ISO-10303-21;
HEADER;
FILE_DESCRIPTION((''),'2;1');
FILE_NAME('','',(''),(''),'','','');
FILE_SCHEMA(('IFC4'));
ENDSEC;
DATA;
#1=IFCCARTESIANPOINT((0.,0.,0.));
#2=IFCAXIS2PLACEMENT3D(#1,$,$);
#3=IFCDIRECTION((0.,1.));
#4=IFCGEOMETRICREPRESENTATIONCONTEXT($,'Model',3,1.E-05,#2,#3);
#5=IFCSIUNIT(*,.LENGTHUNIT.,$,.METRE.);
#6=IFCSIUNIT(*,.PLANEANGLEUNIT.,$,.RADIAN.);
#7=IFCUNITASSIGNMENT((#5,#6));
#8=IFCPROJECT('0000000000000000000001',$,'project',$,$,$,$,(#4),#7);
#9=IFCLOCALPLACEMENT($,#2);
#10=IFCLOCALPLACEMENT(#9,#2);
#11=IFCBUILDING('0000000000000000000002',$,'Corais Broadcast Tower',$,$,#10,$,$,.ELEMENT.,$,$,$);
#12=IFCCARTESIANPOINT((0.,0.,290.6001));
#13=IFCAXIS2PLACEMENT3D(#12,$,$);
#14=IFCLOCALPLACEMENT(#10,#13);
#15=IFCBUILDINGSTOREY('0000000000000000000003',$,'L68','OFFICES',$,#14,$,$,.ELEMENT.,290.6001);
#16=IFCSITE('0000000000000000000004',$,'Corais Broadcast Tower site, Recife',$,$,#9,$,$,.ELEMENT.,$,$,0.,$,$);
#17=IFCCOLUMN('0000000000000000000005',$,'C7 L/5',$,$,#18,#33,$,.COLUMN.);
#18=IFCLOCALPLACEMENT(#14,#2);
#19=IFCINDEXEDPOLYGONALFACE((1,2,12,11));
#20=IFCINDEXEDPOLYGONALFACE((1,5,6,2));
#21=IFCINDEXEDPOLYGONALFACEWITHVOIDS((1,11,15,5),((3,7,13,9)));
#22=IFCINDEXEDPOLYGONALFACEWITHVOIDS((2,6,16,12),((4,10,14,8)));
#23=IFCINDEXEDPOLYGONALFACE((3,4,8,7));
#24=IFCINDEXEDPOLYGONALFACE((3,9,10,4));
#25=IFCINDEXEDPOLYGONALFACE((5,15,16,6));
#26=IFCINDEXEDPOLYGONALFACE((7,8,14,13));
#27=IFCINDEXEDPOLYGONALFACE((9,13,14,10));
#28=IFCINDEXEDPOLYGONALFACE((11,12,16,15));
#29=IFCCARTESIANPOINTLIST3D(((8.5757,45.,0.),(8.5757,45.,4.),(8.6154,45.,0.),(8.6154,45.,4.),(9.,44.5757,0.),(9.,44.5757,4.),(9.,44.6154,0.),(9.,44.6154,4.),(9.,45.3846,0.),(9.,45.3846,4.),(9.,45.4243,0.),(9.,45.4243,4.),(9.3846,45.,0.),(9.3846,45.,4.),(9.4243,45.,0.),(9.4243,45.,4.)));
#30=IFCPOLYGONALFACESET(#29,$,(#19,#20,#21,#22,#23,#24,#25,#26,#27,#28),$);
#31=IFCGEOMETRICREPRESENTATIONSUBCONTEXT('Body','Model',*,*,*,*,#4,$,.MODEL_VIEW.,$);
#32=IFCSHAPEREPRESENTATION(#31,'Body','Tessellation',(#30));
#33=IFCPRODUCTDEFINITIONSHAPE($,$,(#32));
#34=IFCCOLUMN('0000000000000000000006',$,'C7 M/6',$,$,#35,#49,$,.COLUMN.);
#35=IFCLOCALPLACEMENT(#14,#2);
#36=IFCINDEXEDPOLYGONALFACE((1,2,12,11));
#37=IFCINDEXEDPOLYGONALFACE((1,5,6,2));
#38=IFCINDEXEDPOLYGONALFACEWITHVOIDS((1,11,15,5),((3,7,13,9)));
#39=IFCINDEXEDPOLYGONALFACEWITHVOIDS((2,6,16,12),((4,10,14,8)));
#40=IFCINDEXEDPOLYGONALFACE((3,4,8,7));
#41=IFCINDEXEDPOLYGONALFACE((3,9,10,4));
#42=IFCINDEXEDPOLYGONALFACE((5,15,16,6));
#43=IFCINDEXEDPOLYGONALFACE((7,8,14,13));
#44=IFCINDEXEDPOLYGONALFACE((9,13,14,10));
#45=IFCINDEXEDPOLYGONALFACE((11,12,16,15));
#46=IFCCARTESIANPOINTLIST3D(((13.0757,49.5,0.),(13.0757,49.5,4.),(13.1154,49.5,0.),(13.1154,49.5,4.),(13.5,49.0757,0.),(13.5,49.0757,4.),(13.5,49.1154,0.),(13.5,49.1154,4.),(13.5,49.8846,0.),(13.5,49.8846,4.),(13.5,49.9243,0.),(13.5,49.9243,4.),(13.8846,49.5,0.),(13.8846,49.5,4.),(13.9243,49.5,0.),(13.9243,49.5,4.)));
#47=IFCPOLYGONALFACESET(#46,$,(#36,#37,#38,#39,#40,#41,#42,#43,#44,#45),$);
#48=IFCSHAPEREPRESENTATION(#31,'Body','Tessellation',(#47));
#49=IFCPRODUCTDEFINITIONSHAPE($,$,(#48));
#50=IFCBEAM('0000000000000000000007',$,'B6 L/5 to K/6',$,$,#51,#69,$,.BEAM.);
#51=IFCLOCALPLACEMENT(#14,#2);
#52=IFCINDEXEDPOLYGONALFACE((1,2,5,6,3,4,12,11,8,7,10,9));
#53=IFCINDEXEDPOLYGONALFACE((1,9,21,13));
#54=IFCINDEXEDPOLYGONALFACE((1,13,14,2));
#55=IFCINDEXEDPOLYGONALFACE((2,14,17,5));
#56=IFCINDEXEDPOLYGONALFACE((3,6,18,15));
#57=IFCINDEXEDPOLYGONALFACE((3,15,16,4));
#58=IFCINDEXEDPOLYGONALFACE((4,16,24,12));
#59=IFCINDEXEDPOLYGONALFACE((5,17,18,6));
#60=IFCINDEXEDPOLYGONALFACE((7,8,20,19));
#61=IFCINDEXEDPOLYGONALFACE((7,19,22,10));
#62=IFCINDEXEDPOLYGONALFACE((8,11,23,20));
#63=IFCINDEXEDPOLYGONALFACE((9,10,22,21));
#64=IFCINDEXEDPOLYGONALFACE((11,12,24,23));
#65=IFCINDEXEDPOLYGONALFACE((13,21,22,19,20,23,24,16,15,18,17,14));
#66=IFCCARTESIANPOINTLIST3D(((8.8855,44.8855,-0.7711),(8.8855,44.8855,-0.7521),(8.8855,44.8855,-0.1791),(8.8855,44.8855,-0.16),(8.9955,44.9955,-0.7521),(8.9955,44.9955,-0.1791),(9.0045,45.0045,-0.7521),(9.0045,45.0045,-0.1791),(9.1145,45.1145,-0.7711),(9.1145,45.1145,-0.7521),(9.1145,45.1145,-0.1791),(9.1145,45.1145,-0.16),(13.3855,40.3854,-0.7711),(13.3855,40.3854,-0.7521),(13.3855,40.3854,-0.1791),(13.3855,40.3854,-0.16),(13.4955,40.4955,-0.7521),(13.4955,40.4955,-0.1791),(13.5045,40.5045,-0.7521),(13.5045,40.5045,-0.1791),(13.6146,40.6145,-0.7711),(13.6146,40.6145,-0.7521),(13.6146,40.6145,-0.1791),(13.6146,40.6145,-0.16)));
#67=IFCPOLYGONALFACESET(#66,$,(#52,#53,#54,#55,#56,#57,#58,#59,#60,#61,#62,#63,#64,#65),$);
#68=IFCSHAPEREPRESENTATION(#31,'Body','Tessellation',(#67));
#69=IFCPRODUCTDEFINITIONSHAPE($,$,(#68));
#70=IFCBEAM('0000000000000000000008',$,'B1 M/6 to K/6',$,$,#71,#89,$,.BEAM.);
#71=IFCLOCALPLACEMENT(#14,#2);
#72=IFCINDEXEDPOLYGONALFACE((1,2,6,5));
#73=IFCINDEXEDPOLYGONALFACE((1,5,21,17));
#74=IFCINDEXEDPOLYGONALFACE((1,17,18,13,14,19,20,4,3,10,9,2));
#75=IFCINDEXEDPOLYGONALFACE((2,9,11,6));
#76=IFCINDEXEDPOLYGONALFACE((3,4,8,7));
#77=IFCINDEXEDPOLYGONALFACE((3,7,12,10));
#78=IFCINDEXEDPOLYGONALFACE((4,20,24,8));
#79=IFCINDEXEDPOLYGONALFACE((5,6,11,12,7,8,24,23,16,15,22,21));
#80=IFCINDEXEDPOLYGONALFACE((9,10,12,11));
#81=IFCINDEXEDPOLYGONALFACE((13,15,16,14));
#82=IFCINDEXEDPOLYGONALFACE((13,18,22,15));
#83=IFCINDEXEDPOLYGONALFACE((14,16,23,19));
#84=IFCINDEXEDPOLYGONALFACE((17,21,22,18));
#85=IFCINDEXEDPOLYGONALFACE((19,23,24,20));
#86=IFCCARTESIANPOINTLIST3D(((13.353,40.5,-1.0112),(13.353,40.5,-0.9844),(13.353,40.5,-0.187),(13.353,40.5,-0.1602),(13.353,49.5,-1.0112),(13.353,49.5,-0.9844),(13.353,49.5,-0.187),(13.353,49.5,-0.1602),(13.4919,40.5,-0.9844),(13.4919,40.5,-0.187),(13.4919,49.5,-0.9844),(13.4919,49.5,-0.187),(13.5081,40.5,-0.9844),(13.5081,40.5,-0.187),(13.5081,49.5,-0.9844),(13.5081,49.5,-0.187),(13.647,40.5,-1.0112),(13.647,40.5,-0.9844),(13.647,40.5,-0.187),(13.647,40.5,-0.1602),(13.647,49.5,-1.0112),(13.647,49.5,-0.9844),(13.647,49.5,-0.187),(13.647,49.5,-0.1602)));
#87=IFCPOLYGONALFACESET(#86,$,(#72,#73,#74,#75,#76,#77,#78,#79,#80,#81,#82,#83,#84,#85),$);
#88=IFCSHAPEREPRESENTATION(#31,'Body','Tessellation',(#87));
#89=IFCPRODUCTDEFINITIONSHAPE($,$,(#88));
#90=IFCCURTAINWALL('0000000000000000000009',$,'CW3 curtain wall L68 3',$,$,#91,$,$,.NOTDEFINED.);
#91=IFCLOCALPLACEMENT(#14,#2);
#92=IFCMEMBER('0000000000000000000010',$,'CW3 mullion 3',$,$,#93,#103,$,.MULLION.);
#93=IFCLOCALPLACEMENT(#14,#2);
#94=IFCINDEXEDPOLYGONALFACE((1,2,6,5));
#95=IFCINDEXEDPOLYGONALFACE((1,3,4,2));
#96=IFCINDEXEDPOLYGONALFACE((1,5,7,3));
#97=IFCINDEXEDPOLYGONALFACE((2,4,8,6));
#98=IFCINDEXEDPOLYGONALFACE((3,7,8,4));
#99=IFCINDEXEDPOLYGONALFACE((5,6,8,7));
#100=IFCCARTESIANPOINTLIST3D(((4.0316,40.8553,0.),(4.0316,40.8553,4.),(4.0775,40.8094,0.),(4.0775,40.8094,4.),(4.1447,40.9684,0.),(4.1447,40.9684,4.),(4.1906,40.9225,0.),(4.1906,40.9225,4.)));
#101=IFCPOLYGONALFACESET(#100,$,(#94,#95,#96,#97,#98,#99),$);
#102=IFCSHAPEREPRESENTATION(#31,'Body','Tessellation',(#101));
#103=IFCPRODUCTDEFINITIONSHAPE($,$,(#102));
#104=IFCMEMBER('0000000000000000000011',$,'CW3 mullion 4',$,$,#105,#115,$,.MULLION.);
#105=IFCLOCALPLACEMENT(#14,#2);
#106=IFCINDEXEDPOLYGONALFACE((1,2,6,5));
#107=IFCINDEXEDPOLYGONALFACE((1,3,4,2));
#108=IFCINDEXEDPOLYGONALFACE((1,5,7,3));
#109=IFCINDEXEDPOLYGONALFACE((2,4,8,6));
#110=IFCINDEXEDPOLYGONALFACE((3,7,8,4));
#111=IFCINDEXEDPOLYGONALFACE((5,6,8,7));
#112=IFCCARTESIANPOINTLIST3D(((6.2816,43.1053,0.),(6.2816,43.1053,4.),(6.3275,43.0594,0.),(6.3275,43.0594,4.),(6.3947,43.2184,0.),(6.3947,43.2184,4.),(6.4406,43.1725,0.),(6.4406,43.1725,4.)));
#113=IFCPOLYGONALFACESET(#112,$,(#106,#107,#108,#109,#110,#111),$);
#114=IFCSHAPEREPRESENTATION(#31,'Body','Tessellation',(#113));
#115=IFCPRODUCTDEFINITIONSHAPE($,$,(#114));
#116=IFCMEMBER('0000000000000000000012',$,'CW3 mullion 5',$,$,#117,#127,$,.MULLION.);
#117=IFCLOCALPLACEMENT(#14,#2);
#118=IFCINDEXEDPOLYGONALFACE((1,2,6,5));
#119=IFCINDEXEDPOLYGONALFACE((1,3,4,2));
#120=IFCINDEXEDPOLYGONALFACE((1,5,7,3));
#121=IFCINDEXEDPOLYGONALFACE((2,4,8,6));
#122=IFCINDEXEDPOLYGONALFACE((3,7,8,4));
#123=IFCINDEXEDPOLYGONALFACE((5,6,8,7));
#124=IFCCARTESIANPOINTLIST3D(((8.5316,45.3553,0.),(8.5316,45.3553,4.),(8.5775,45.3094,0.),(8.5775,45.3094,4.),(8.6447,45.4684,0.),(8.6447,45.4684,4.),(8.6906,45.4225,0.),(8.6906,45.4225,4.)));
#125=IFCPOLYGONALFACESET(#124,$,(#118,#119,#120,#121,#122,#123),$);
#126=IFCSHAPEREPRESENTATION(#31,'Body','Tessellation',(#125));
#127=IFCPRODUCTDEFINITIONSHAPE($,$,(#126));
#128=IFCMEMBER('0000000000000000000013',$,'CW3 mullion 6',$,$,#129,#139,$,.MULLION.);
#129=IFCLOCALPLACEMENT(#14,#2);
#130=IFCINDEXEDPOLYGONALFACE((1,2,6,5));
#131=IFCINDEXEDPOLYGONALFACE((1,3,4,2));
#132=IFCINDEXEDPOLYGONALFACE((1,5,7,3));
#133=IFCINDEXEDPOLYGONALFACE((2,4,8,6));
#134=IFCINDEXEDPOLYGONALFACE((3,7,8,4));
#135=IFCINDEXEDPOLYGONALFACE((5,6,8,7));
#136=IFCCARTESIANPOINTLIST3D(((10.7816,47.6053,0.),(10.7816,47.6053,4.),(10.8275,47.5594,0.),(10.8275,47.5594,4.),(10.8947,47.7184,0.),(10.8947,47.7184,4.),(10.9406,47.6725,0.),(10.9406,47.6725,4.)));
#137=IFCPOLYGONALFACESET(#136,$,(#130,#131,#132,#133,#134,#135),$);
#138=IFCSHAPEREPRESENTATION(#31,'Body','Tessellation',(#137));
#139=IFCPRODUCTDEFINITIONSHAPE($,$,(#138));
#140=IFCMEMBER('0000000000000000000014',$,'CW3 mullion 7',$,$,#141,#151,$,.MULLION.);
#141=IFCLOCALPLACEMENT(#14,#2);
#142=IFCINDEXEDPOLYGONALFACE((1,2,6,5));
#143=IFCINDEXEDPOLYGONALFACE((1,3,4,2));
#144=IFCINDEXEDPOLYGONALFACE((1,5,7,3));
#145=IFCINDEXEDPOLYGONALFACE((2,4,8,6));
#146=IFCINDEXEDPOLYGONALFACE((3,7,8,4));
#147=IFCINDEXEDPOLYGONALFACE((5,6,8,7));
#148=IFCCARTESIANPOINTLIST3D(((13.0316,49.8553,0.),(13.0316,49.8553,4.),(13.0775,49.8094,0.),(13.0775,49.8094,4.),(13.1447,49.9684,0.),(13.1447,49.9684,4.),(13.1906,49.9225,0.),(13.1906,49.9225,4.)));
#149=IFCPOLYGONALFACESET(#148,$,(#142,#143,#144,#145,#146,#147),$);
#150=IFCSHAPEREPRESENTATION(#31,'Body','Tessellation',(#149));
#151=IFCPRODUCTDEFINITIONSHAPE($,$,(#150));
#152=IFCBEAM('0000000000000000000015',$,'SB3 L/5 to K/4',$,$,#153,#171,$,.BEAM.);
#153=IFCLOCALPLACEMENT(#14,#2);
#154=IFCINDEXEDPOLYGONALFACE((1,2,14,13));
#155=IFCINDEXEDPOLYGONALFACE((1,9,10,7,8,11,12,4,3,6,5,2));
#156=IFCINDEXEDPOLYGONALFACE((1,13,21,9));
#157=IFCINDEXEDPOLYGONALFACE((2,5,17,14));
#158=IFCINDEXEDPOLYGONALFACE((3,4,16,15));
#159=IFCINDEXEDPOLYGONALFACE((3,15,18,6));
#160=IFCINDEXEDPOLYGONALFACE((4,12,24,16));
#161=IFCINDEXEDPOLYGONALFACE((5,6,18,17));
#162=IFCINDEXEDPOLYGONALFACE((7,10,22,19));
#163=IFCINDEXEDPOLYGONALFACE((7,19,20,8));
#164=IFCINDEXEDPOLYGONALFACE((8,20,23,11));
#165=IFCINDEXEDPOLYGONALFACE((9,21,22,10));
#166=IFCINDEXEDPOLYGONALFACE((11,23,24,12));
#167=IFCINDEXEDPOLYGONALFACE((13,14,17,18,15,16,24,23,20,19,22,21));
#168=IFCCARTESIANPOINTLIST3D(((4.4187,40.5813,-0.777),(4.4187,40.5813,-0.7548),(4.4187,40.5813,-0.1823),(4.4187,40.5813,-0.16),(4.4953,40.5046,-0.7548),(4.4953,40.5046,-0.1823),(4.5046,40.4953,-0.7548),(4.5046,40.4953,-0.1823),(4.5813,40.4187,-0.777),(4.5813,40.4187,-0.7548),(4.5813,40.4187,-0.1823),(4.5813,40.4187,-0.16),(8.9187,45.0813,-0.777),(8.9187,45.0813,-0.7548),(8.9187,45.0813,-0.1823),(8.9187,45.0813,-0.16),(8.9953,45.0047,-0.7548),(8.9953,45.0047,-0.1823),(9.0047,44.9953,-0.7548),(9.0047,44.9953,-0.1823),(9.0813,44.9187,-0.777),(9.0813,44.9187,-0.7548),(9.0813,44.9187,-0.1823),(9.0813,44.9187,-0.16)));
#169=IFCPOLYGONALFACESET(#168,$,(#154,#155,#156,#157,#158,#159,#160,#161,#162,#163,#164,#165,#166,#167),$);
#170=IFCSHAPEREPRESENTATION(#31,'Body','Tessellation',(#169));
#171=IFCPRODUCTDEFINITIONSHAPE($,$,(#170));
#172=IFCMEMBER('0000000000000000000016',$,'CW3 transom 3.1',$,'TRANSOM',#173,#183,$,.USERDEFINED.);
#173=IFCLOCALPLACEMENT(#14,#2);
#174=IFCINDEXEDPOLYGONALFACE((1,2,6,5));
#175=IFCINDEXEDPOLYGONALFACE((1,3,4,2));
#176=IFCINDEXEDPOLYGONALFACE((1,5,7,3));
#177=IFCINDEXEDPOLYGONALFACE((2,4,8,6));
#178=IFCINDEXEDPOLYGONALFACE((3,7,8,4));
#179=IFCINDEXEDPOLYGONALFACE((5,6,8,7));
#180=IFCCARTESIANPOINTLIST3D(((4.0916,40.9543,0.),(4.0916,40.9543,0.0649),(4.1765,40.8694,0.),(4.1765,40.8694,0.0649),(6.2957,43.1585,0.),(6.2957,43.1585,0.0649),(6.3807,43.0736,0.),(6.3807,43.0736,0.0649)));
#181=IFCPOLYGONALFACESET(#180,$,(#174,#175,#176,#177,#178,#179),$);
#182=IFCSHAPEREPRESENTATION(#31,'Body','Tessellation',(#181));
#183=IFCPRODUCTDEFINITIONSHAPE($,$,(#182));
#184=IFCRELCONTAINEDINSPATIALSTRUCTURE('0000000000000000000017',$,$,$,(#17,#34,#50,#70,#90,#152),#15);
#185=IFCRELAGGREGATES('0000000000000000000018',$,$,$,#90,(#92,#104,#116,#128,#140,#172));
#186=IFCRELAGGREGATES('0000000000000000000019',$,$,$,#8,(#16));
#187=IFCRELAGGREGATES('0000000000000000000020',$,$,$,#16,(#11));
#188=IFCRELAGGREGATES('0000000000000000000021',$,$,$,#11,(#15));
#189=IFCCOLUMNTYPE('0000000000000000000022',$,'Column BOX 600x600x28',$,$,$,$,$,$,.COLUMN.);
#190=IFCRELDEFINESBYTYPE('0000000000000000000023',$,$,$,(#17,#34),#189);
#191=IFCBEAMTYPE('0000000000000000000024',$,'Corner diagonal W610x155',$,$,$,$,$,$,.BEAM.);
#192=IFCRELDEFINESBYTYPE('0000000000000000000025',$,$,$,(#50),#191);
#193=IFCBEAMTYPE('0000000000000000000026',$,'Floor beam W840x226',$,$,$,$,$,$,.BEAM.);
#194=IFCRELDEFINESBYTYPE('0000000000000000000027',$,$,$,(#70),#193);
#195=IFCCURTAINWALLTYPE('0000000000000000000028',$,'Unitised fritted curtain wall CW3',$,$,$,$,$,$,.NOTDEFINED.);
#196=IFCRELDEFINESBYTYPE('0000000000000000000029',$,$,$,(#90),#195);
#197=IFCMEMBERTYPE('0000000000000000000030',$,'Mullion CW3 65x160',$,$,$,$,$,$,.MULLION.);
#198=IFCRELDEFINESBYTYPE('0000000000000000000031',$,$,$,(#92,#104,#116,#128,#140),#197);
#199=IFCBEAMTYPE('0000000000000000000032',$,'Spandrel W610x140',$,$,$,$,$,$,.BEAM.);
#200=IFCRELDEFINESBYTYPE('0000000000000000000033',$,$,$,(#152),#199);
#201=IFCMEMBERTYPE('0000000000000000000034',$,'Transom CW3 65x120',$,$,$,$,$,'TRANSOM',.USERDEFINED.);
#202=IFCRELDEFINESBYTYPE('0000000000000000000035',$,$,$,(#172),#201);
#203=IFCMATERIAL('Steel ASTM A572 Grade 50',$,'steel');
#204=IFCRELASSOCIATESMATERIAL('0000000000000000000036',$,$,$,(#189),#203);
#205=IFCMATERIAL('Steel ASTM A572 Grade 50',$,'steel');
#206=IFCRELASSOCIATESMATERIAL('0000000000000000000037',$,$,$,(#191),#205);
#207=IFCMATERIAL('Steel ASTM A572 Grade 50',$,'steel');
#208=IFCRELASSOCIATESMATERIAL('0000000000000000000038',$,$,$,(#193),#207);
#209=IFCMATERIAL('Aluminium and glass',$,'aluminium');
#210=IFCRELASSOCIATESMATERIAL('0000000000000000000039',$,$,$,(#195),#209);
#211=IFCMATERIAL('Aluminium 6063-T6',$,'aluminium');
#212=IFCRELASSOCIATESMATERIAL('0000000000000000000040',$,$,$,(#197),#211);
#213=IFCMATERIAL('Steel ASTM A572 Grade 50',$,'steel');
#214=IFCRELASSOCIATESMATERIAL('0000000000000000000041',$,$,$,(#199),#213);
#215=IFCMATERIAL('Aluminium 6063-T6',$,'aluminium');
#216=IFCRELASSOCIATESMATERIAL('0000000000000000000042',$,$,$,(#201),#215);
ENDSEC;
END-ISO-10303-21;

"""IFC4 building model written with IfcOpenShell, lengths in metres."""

from ifc_helpers import new_model, si_unit, direction, frame, origin, origin_2d, place, context, subcontext, project, spatial, rectangle, hollow_rectangle, i_section, extrude, material, material_profile, profile_set, type_object, element, aggregate, save


model = new_model("IFC4")

# Units and contexts
model_context = context("Model", 3, precision=1e-05, world=origin(), true_north=direction((0.0, 1.0)))
body_context = subcontext(model_context, "Body", "Model", "MODEL_VIEW")
ifc_project = project(units=[si_unit("LENGTHUNIT", "METRE"), si_unit("PLANEANGLEUNIT", "RADIAN")], contexts=[model_context])

# Site, building, storey
site_placement = place(None, origin())
site = spatial("IfcSite", under=ifc_project, at=site_placement, Name="Corais Broadcast Tower site, Recife", CompositionType="ELEMENT", RefElevation=0.0)
building_placement = place(site_placement, origin())
building = spatial("IfcBuilding", under=site, at=building_placement, Name="Corais Broadcast Tower", CompositionType="ELEMENT")
storey_placement = place(building_placement, frame((0.0, 0.0, 290.6001)))
storey = spatial("IfcBuildingStorey", under=building, at=storey_placement, Name="L68", Description="OFFICES", CompositionType="ELEMENT", Elevation=290.6001)

# Columns
ifc_material_1 = material(Name="Steel ASTM A572 Grade 50", Category="steel")
ifc_material_profile_1 = material_profile(ifc_material_1, hollow_rectangle(XDim=0.6001, YDim=0.6001, WallThickness=0.0281, at=origin_2d()), Name="BOX 600x600x28")
ifc_profile_set_1 = profile_set([ifc_material_profile_1], Name="Steel ASTM A572 Grade 50")
column_type = type_object("IfcColumnType", Name="Column BOX 600x600x28", PredefinedType="COLUMN", material=ifc_profile_set_1)
for number, where, z_axis, x_axis, name in (
    (1, (9.0, 45.0, 0.0), (0.0, 0.0, 1.0), (0.707107, 0.707107, 0.0), "C7 L/5"),
    (2, (13.5, 49.5, 0.0), (0.0, 0.0, 1.0), (0.707107, 0.707107, 0.0), "C7 M/6"),
):
    element("IfcColumn", number, at=place(storey_placement, frame(where, z_axis=z_axis, x_axis=x_axis)), inside=storey, type_object=column_type, Name=name, PredefinedType="COLUMN", context=body_context, shape_type="SweptSolid", body=[
        extrude(hollow_rectangle(XDim=0.6001, YDim=0.6001, WallThickness=0.0281, at=origin_2d()), origin(), (0.0, 0.0, 1.0), 4.0),
    ])

# Beams
ifc_material_2 = material(Name="Steel ASTM A572 Grade 50", Category="steel")
ifc_material_profile_2 = material_profile(ifc_material_2, i_section(OverallWidth=0.324, OverallDepth=0.6111, WebThickness=0.0127, FlangeThickness=0.019, at=origin_2d()), Name="W610x155")
ifc_profile_set_2 = profile_set([ifc_material_profile_2], Name="Steel ASTM A572 Grade 50")
beam_type_1 = type_object("IfcBeamType", Name="Corner diagonal W610x155", PredefinedType="BEAM", material=ifc_profile_set_2)
beam_1_placement = place(storey_placement, frame((9.0, 45.0, -0.4656), z_axis=(0.707107, -0.707107, 0.0), x_axis=(0.707107, 0.707107, 0.0)))
element("IfcBeam", 3, at=beam_1_placement, inside=storey, type_object=beam_type_1, Name="B6 L/5 to K/6", PredefinedType="BEAM", context=body_context, shape_type="SweptSolid", body=[
    extrude(i_section(OverallWidth=0.324, OverallDepth=0.6111, WebThickness=0.0127, FlangeThickness=0.019, at=origin_2d()), origin(), (0.0, 0.0, 1.0), 6.364),
])
ifc_material_3 = material(Name="Steel ASTM A572 Grade 50", Category="steel")
ifc_material_profile_3 = material_profile(ifc_material_3, i_section(OverallWidth=0.2939, OverallDepth=0.8511, WebThickness=0.0161, FlangeThickness=0.0269, at=origin_2d()), Name="W840x226")
ifc_profile_set_3 = profile_set([ifc_material_profile_3], Name="Steel ASTM A572 Grade 50")
beam_type_2 = type_object("IfcBeamType", Name="Floor beam W840x226", PredefinedType="BEAM", material=ifc_profile_set_3)
beam_2_placement = place(storey_placement, frame((13.5, 49.5, -0.5857), z_axis=(0.0, -1.0, 0.0), x_axis=(1.0, 0.0, 0.0)))
element("IfcBeam", 4, at=beam_2_placement, inside=storey, type_object=beam_type_2, Name="B1 M/6 to K/6", PredefinedType="BEAM", context=body_context, shape_type="SweptSolid", body=[
    extrude(i_section(OverallWidth=0.2939, OverallDepth=0.8511, WebThickness=0.0161, FlangeThickness=0.0269, at=origin_2d()), origin(), (0.0, 0.0, 1.0), 9.0),
])

# Curtain wall, members
ifc_material_4 = material(Name="Aluminium and glass", Category="aluminium")
curtain_wall_type = type_object("IfcCurtainWallType", Name="Unitised fritted curtain wall CW3", PredefinedType="NOTDEFINED", material=ifc_material_4)
curtain_wall_placement = place(storey_placement, origin())
curtain_wall = element("IfcCurtainWall", 5, at=curtain_wall_placement, inside=storey, type_object=curtain_wall_type, Name="CW3 curtain wall L68 3", PredefinedType="NOTDEFINED")
ifc_material_5 = material(Name="Aluminium 6063-T6", Category="aluminium")
ifc_material_profile_4 = material_profile(ifc_material_5, rectangle(XDim=0.0649, YDim=0.1599, at=origin_2d()), Name="Mullion CW3 65x160")
ifc_profile_set_4 = profile_set([ifc_material_profile_4], Name="Aluminium 6063-T6")
member_type_1 = type_object("IfcMemberType", Name="Mullion CW3 65x160", PredefinedType="MULLION", material=ifc_profile_set_4)
member_1_placement = place(storey_placement, frame((4.1111, 40.8889, 0.0), z_axis=(0.0, 0.0, 1.0), x_axis=(-0.707107, 0.707107, 0.0)))
member_1 = element("IfcMember", 6, at=member_1_placement, type_object=member_type_1, Name="CW3 mullion 3", PredefinedType="MULLION", context=body_context, shape_type="SweptSolid", body=[
    extrude(rectangle(XDim=0.0649, YDim=0.1599, at=origin_2d()), origin(), (0.0, 0.0, 1.0), 4.0),
])
member_2_placement = place(storey_placement, frame((6.3611, 43.1389, 0.0), z_axis=(0.0, 0.0, 1.0), x_axis=(-0.707107, 0.707107, 0.0)))
member_2 = element("IfcMember", 7, at=member_2_placement, type_object=member_type_1, Name="CW3 mullion 4", PredefinedType="MULLION", context=body_context, shape_type="SweptSolid", body=[
    extrude(rectangle(XDim=0.0649, YDim=0.1599, at=origin_2d()), origin(), (0.0, 0.0, 1.0), 4.0),
])
member_3_placement = place(storey_placement, frame((8.6111, 45.3889, 0.0), z_axis=(0.0, 0.0, 1.0), x_axis=(-0.707107, 0.707107, 0.0)))
member_3 = element("IfcMember", 8, at=member_3_placement, type_object=member_type_1, Name="CW3 mullion 5", PredefinedType="MULLION", context=body_context, shape_type="SweptSolid", body=[
    extrude(rectangle(XDim=0.0649, YDim=0.1599, at=origin_2d()), origin(), (0.0, 0.0, 1.0), 4.0),
])
member_4_placement = place(storey_placement, frame((10.8611, 47.6389, 0.0), z_axis=(0.0, 0.0, 1.0), x_axis=(-0.707107, 0.707107, 0.0)))
member_4 = element("IfcMember", 9, at=member_4_placement, type_object=member_type_1, Name="CW3 mullion 6", PredefinedType="MULLION", context=body_context, shape_type="SweptSolid", body=[
    extrude(rectangle(XDim=0.0649, YDim=0.1599, at=origin_2d()), origin(), (0.0, 0.0, 1.0), 4.0),
])
member_5_placement = place(storey_placement, frame((13.1111, 49.8889, 0.0), z_axis=(0.0, 0.0, 1.0), x_axis=(-0.707107, 0.707107, 0.0)))
member_5 = element("IfcMember", 10, at=member_5_placement, type_object=member_type_1, Name="CW3 mullion 7", PredefinedType="MULLION", context=body_context, shape_type="SweptSolid", body=[
    extrude(rectangle(XDim=0.0649, YDim=0.1599, at=origin_2d()), origin(), (0.0, 0.0, 1.0), 4.0),
])

# Beam
ifc_material_6 = material(Name="Steel ASTM A572 Grade 50", Category="steel")
ifc_material_profile_5 = material_profile(ifc_material_6, i_section(OverallWidth=0.23, OverallDepth=0.6169, WebThickness=0.0132, FlangeThickness=0.0222, at=origin_2d()), Name="W610x140")
ifc_profile_set_5 = profile_set([ifc_material_profile_5], Name="Steel ASTM A572 Grade 50")
beam_type_3 = type_object("IfcBeamType", Name="Spandrel W610x140", PredefinedType="BEAM", material=ifc_profile_set_5)
beam_3_placement = place(storey_placement, frame((9.0, 45.0, -0.4685), z_axis=(-0.707107, -0.707107, 0.0), x_axis=(0.707107, -0.707107, 0.0)))
element("IfcBeam", 11, at=beam_3_placement, inside=storey, type_object=beam_type_3, Name="SB3 L/5 to K/4", PredefinedType="BEAM", context=body_context, shape_type="SweptSolid", body=[
    extrude(i_section(OverallWidth=0.23, OverallDepth=0.6169, WebThickness=0.0132, FlangeThickness=0.0222, at=origin_2d()), origin(), (0.0, 0.0, 1.0), 6.364),
])

# Member
ifc_material_7 = material(Name="Aluminium 6063-T6", Category="aluminium")
ifc_material_profile_6 = material_profile(ifc_material_7, rectangle(XDim=0.1201, YDim=0.0649, at=origin_2d()), Name="Transom CW3 65x120")
ifc_profile_set_6 = profile_set([ifc_material_profile_6], Name="Aluminium 6063-T6")
member_type_2 = type_object("IfcMemberType", Name="Transom CW3 65x120", ElementType="TRANSOM", PredefinedType="USERDEFINED", material=ifc_profile_set_6)
member_6_placement = place(storey_placement, frame((4.134, 40.9119, 0.0325), z_axis=(0.707107, 0.707107, 0.0), x_axis=(-0.707107, 0.707107, 0.0)))
member_6 = element("IfcMember", 12, at=member_6_placement, type_object=member_type_2, Name="CW3 transom 3.1", ObjectType="TRANSOM", PredefinedType="USERDEFINED", context=body_context, shape_type="SweptSolid", body=[
    extrude(rectangle(XDim=0.1201, YDim=0.0649, at=origin_2d()), origin(), (0.0, 0.0, 1.0), 3.1172),
])

aggregate(curtain_wall, [member_1, member_2, member_3, member_4, member_5, member_6])

save(model, "model.ifc")
